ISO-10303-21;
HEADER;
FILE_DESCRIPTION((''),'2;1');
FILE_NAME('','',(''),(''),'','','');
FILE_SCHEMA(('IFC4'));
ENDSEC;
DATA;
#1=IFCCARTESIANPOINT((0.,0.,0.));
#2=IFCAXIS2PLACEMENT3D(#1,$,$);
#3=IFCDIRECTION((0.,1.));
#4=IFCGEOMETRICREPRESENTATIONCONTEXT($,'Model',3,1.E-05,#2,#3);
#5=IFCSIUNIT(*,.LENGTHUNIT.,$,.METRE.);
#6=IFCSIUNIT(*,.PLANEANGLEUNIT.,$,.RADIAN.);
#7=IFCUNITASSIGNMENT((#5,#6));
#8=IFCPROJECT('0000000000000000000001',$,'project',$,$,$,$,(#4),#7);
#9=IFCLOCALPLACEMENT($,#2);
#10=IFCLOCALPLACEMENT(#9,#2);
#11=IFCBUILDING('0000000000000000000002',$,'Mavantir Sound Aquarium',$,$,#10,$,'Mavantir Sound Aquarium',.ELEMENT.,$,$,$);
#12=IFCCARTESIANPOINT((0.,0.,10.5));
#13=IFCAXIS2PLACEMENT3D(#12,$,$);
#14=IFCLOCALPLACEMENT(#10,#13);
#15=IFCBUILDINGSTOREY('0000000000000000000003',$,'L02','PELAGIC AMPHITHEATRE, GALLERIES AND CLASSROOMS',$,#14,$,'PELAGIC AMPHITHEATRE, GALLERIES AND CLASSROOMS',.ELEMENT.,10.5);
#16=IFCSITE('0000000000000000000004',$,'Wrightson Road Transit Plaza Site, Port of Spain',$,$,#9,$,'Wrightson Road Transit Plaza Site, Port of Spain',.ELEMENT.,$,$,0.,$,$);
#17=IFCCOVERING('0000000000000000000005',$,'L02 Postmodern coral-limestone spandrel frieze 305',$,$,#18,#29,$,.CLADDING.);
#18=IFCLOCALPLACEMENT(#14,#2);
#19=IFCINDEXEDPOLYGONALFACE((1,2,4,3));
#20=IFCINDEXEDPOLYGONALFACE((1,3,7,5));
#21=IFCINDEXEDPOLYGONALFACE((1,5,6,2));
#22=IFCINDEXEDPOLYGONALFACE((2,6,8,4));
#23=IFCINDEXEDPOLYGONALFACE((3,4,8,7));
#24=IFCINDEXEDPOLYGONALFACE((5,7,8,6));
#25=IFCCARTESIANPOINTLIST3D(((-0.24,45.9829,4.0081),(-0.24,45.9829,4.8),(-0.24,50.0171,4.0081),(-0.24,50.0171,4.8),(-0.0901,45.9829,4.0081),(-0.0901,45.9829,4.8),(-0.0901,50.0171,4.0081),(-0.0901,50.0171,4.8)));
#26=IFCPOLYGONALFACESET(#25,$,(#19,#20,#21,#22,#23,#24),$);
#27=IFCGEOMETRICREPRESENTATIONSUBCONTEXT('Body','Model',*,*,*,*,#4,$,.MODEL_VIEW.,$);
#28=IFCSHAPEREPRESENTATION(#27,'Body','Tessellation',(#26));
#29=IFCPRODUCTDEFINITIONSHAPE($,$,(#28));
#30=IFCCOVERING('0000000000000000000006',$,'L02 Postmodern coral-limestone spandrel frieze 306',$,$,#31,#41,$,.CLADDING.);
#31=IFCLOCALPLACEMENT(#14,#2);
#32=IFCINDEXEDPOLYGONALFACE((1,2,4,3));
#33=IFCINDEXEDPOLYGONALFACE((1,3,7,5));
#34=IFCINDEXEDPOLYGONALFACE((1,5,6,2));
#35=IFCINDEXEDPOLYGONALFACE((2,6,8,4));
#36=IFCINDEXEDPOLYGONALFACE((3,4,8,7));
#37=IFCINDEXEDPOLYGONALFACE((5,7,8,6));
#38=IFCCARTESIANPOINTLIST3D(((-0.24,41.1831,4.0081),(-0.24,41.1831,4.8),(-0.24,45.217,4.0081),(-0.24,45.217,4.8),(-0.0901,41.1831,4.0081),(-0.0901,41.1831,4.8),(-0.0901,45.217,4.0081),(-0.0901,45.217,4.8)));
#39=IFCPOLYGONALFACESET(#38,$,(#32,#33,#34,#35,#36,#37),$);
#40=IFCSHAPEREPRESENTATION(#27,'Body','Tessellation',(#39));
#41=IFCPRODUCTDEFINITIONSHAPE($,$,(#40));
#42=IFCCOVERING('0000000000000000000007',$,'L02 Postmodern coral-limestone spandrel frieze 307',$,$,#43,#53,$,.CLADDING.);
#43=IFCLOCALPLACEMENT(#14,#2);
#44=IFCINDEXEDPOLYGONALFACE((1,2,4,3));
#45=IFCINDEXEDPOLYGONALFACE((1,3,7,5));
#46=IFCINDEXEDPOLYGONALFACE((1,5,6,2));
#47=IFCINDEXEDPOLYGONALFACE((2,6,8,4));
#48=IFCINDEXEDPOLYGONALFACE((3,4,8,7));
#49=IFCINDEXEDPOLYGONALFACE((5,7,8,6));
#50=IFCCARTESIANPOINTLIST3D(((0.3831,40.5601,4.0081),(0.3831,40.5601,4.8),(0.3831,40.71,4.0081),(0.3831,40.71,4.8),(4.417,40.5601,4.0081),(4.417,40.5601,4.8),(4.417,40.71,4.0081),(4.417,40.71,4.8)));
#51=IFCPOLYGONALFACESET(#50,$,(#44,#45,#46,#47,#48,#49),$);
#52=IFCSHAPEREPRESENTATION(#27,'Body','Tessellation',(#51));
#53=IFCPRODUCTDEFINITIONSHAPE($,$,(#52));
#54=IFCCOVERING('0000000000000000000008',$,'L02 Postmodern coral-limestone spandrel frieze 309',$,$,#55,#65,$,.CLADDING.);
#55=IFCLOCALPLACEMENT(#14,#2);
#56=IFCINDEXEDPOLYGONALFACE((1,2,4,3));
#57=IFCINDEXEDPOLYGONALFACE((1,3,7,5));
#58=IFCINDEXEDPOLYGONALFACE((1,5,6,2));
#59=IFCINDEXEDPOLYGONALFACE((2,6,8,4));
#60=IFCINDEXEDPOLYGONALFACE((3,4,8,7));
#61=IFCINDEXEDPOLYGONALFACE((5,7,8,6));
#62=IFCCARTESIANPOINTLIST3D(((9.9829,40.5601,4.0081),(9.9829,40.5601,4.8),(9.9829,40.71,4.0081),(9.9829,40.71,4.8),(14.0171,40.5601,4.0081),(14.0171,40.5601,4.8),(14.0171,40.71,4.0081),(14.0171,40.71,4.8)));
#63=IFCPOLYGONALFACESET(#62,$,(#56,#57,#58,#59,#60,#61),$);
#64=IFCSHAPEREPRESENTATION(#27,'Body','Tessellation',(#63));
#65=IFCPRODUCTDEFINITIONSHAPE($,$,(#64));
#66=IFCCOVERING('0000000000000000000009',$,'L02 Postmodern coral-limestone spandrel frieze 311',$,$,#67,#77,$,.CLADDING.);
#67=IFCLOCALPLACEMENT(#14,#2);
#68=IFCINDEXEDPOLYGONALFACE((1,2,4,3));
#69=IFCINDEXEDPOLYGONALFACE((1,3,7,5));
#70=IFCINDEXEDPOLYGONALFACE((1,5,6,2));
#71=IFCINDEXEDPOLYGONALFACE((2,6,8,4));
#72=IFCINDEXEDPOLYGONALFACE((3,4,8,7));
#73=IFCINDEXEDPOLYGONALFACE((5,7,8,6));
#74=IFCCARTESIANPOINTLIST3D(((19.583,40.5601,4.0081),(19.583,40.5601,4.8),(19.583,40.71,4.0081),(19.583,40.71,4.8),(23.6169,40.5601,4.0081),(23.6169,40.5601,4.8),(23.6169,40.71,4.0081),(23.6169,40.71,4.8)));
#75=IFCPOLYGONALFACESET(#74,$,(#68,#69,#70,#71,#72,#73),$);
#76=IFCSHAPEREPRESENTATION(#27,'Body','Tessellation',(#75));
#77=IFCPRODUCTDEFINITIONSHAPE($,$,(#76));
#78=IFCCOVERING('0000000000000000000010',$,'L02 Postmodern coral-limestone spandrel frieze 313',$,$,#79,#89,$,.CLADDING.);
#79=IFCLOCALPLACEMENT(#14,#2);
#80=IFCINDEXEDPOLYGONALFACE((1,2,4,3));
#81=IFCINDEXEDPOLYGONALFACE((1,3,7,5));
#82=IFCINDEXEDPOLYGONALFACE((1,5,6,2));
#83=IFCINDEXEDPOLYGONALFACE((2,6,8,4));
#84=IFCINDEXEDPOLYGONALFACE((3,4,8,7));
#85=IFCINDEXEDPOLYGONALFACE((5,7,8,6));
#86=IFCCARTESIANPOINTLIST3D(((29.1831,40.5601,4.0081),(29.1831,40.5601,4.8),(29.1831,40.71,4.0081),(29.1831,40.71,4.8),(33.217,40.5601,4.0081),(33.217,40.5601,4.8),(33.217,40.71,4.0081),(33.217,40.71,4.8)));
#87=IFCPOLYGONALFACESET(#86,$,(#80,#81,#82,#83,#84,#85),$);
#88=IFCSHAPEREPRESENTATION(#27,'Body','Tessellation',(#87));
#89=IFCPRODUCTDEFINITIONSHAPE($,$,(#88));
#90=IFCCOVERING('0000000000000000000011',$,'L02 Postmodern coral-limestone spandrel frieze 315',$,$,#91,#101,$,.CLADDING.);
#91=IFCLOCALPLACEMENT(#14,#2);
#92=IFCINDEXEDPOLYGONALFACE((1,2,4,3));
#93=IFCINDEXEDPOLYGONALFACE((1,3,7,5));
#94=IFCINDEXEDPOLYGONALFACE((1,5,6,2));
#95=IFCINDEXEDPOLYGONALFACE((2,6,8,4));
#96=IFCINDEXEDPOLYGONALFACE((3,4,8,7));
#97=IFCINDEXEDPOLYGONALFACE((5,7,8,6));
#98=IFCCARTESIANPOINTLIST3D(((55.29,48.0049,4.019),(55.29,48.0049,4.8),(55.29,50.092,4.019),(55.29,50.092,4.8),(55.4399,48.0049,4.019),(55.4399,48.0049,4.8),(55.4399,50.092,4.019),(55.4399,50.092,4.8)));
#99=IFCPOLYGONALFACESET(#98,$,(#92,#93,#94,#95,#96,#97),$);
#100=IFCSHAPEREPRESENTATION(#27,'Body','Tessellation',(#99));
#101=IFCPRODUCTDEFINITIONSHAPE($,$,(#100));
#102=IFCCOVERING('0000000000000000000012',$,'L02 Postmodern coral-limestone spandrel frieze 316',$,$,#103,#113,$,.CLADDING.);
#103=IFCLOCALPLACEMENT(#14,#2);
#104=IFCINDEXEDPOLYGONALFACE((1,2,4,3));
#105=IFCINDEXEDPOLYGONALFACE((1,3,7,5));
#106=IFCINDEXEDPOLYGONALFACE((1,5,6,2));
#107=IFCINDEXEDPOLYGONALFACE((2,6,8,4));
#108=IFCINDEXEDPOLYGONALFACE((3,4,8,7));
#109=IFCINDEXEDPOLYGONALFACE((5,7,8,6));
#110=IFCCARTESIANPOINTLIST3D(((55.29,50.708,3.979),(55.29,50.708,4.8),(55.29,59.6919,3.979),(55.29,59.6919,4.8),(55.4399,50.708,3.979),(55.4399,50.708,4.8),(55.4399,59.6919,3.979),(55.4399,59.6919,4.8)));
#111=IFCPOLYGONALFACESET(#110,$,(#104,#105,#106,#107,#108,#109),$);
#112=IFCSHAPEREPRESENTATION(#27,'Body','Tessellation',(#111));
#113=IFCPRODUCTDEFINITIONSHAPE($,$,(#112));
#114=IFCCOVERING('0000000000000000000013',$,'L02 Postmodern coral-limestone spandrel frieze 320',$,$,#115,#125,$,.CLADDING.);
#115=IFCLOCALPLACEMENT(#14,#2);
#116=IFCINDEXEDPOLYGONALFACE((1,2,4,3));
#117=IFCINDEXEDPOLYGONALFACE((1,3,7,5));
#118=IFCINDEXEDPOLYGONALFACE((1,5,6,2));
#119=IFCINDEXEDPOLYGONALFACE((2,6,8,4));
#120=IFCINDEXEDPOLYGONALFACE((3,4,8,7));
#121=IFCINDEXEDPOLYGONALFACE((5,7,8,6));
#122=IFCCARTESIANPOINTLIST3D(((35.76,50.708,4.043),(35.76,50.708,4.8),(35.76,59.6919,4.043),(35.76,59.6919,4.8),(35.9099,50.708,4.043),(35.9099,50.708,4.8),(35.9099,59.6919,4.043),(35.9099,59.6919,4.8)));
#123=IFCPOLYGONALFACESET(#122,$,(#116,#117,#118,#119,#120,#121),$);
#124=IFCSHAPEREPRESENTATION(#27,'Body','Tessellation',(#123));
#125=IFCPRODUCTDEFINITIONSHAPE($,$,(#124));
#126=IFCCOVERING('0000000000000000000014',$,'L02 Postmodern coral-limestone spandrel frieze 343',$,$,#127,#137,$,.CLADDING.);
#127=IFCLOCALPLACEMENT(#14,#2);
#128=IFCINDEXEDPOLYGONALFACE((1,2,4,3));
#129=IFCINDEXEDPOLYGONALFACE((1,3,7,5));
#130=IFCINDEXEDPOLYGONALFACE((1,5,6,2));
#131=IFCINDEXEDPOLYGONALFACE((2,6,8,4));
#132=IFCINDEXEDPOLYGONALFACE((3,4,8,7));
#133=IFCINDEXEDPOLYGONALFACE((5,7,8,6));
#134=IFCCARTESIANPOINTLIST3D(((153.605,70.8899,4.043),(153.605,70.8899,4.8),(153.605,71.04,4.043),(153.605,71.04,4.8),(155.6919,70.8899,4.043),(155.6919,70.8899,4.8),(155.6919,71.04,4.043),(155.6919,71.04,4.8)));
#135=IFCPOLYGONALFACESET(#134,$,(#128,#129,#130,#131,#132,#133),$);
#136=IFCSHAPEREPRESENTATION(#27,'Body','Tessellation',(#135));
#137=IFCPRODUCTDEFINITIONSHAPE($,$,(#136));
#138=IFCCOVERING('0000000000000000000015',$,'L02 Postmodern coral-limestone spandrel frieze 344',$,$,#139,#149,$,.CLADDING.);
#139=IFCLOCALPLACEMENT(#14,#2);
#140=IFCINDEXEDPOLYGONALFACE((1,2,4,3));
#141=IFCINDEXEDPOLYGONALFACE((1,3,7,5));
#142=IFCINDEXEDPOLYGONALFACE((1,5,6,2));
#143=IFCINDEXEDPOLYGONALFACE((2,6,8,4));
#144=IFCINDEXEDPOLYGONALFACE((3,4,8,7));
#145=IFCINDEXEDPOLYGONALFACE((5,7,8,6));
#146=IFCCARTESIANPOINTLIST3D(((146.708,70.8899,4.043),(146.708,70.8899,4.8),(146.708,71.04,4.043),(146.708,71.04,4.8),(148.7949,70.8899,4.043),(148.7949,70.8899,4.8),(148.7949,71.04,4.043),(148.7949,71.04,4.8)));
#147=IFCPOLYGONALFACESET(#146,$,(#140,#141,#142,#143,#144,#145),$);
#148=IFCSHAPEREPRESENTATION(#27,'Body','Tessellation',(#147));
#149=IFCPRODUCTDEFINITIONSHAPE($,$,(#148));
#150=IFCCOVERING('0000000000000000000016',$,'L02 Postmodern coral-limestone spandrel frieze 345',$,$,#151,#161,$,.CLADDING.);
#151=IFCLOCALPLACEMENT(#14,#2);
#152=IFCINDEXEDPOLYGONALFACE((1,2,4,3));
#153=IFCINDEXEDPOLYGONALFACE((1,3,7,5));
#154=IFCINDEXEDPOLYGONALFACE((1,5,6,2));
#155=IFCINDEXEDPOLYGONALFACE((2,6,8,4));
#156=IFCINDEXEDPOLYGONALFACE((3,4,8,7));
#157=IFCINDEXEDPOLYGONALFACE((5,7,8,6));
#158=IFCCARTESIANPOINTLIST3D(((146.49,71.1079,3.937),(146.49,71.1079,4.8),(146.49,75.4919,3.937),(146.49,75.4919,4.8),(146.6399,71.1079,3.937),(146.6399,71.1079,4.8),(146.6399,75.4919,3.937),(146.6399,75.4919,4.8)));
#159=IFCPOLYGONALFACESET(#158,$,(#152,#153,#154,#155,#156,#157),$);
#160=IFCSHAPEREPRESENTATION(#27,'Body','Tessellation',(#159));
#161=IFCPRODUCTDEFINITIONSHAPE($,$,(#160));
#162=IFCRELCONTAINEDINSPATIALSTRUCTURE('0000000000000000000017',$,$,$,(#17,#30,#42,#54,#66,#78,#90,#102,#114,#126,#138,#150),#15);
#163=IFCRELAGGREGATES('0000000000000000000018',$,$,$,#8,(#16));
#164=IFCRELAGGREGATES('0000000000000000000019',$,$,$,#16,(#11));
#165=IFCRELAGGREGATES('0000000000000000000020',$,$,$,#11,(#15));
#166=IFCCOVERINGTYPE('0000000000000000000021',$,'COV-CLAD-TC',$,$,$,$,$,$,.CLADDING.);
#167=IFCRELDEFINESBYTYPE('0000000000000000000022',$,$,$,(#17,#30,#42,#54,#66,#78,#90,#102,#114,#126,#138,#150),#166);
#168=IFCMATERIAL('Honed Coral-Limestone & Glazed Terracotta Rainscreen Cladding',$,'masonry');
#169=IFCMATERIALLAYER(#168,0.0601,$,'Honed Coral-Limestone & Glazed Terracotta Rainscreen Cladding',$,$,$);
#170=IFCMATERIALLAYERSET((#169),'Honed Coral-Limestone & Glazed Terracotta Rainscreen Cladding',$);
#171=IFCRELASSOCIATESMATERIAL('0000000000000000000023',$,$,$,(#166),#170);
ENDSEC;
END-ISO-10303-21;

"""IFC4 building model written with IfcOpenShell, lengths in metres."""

from ifc_helpers import new_model, si_unit, direction, frame, origin, place, context, subcontext, project, spatial, polyline, outline, extrude, material, layer, layer_set, type_object, element, save


model = new_model("IFC4")

# Units and contexts
model_context = context("Model", 3, precision=1e-05, world=origin(), true_north=direction((0.0, 1.0)))
body_context = subcontext(model_context, "Body", "Model", "MODEL_VIEW")
ifc_project = project(units=[si_unit("LENGTHUNIT", "METRE"), si_unit("PLANEANGLEUNIT", "RADIAN")], contexts=[model_context])

# Site, building, storey
site_placement = place(None, origin())
site = spatial("IfcSite", under=ifc_project, at=site_placement, Name="Wrightson Road Transit Plaza Site, Port of Spain", LongName="Wrightson Road Transit Plaza Site, Port of Spain", CompositionType="ELEMENT", RefElevation=0.0)
building_placement = place(site_placement, origin())
building = spatial("IfcBuilding", under=site, at=building_placement, Name="Mavantir Sound Aquarium", LongName="Mavantir Sound Aquarium", CompositionType="ELEMENT")
storey_placement = place(building_placement, frame((0.0, 0.0, 10.5)))
storey = spatial("IfcBuildingStorey", under=building, at=storey_placement, Name="L02", Description="PELAGIC AMPHITHEATRE, GALLERIES AND CLASSROOMS", LongName="PELAGIC AMPHITHEATRE, GALLERIES AND CLASSROOMS", CompositionType="ELEMENT", Elevation=10.5)

# Coverings
ifc_material = material(Name="Honed Coral-Limestone & Glazed Terracotta Rainscreen Cladding", Category="masonry")
ifc_layer = layer(ifc_material, 0.0601, Name="Honed Coral-Limestone & Glazed Terracotta Rainscreen Cladding")
ifc_layer_set = layer_set([ifc_layer], Name="Honed Coral-Limestone & Glazed Terracotta Rainscreen Cladding")
covering_type = type_object("IfcCoveringType", Name="COV-CLAD-TC", PredefinedType="CLADDING", material=ifc_layer_set)
covering_1_placement = place(storey_placement, frame((0.0, 0.0, 4.0081)))
element("IfcCovering", 1, at=covering_1_placement, inside=storey, type_object=covering_type, Name="L02 Postmodern coral-limestone spandrel frieze 305", PredefinedType="CLADDING", context=body_context, shape_type="SweptSolid", body=[
    extrude(outline(polyline([(-0.0901, 50.0171), (-0.0901, 45.9829), (-0.24, 45.9829), (-0.24, 50.0171), (-0.0901, 50.0171)])), origin(), (0.0, 0.0, 1.0), 0.792),
])
covering_2_placement = place(storey_placement, frame((0.0, 0.0, 4.0081)))
element("IfcCovering", 2, at=covering_2_placement, inside=storey, type_object=covering_type, Name="L02 Postmodern coral-limestone spandrel frieze 306", PredefinedType="CLADDING", context=body_context, shape_type="SweptSolid", body=[
    extrude(outline(polyline([(-0.0901, 45.217), (-0.0901, 41.1831), (-0.24, 41.1831), (-0.24, 45.217), (-0.0901, 45.217)])), origin(), (0.0, 0.0, 1.0), 0.792),
])
covering_3_placement = place(storey_placement, frame((0.0, 0.0, 4.0081)))
element("IfcCovering", 3, at=covering_3_placement, inside=storey, type_object=covering_type, Name="L02 Postmodern coral-limestone spandrel frieze 307", PredefinedType="CLADDING", context=body_context, shape_type="SweptSolid", body=[
    extrude(outline(polyline([(0.3831, 40.71), (4.417, 40.71), (4.417, 40.5601), (0.3831, 40.5601), (0.3831, 40.71)])), origin(), (0.0, 0.0, 1.0), 0.792),
])
covering_4_placement = place(storey_placement, frame((0.0, 0.0, 4.0081)))
element("IfcCovering", 4, at=covering_4_placement, inside=storey, type_object=covering_type, Name="L02 Postmodern coral-limestone spandrel frieze 309", PredefinedType="CLADDING", context=body_context, shape_type="SweptSolid", body=[
    extrude(outline(polyline([(9.9829, 40.71), (14.0171, 40.71), (14.0171, 40.5601), (9.9829, 40.5601), (9.9829, 40.71)])), origin(), (0.0, 0.0, 1.0), 0.792),
])
covering_5_placement = place(storey_placement, frame((0.0, 0.0, 4.0081)))
element("IfcCovering", 5, at=covering_5_placement, inside=storey, type_object=covering_type, Name="L02 Postmodern coral-limestone spandrel frieze 311", PredefinedType="CLADDING", context=body_context, shape_type="SweptSolid", body=[
    extrude(outline(polyline([(19.583, 40.71), (23.6169, 40.71), (23.6169, 40.5601), (19.583, 40.5601), (19.583, 40.71)])), origin(), (0.0, 0.0, 1.0), 0.792),
])
covering_6_placement = place(storey_placement, frame((0.0, 0.0, 4.0081)))
element("IfcCovering", 6, at=covering_6_placement, inside=storey, type_object=covering_type, Name="L02 Postmodern coral-limestone spandrel frieze 313", PredefinedType="CLADDING", context=body_context, shape_type="SweptSolid", body=[
    extrude(outline(polyline([(29.1831, 40.71), (33.217, 40.71), (33.217, 40.5601), (29.1831, 40.5601), (29.1831, 40.71)])), origin(), (0.0, 0.0, 1.0), 0.792),
])
covering_7_placement = place(storey_placement, frame((0.0, 0.0, 4.019)))
element("IfcCovering", 7, at=covering_7_placement, inside=storey, type_object=covering_type, Name="L02 Postmodern coral-limestone spandrel frieze 315", PredefinedType="CLADDING", context=body_context, shape_type="SweptSolid", body=[
    extrude(outline(polyline([(55.29, 48.0049), (55.29, 50.092), (55.4399, 50.092), (55.4399, 48.0049), (55.29, 48.0049)])), origin(), (0.0, 0.0, 1.0), 0.781),
])
covering_8_placement = place(storey_placement, frame((0.0, 0.0, 3.979)))
element("IfcCovering", 8, at=covering_8_placement, inside=storey, type_object=covering_type, Name="L02 Postmodern coral-limestone spandrel frieze 316", PredefinedType="CLADDING", context=body_context, shape_type="SweptSolid", body=[
    extrude(outline(polyline([(55.29, 50.708), (55.29, 59.6919), (55.4399, 59.6919), (55.4399, 50.708), (55.29, 50.708)])), origin(), (0.0, 0.0, 1.0), 0.821),
])
covering_9_placement = place(storey_placement, frame((0.0, 0.0, 4.043)))
element("IfcCovering", 9, at=covering_9_placement, inside=storey, type_object=covering_type, Name="L02 Postmodern coral-limestone spandrel frieze 320", PredefinedType="CLADDING", context=body_context, shape_type="SweptSolid", body=[
    extrude(outline(polyline([(35.9099, 59.6919), (35.9099, 50.708), (35.76, 50.708), (35.76, 59.6919), (35.9099, 59.6919)])), origin(), (0.0, 0.0, 1.0), 0.7571),
])
covering_10_placement = place(storey_placement, frame((0.0, 0.0, 4.043)))
element("IfcCovering", 10, at=covering_10_placement, inside=storey, type_object=covering_type, Name="L02 Postmodern coral-limestone spandrel frieze 343", PredefinedType="CLADDING", context=body_context, shape_type="SweptSolid", body=[
    extrude(outline(polyline([(155.6919, 70.8899), (153.605, 70.8899), (153.605, 71.04), (155.6919, 71.04), (155.6919, 70.8899)])), origin(), (0.0, 0.0, 1.0), 0.7571),
])
covering_11_placement = place(storey_placement, frame((0.0, 0.0, 4.043)))
element("IfcCovering", 11, at=covering_11_placement, inside=storey, type_object=covering_type, Name="L02 Postmodern coral-limestone spandrel frieze 344", PredefinedType="CLADDING", context=body_context, shape_type="SweptSolid", body=[
    extrude(outline(polyline([(148.7949, 70.8899), (146.708, 70.8899), (146.708, 71.04), (148.7949, 71.04), (148.7949, 70.8899)])), origin(), (0.0, 0.0, 1.0), 0.7571),
])
covering_12_placement = place(storey_placement, frame((0.0, 0.0, 3.937)))
element("IfcCovering", 12, at=covering_12_placement, inside=storey, type_object=covering_type, Name="L02 Postmodern coral-limestone spandrel frieze 345", PredefinedType="CLADDING", context=body_context, shape_type="SweptSolid", body=[
    extrude(outline(polyline([(146.49, 71.1079), (146.49, 75.4919), (146.6399, 75.4919), (146.6399, 71.1079), (146.49, 71.1079)])), origin(), (0.0, 0.0, 1.0), 0.863),
])

save(model, "model.ifc")
